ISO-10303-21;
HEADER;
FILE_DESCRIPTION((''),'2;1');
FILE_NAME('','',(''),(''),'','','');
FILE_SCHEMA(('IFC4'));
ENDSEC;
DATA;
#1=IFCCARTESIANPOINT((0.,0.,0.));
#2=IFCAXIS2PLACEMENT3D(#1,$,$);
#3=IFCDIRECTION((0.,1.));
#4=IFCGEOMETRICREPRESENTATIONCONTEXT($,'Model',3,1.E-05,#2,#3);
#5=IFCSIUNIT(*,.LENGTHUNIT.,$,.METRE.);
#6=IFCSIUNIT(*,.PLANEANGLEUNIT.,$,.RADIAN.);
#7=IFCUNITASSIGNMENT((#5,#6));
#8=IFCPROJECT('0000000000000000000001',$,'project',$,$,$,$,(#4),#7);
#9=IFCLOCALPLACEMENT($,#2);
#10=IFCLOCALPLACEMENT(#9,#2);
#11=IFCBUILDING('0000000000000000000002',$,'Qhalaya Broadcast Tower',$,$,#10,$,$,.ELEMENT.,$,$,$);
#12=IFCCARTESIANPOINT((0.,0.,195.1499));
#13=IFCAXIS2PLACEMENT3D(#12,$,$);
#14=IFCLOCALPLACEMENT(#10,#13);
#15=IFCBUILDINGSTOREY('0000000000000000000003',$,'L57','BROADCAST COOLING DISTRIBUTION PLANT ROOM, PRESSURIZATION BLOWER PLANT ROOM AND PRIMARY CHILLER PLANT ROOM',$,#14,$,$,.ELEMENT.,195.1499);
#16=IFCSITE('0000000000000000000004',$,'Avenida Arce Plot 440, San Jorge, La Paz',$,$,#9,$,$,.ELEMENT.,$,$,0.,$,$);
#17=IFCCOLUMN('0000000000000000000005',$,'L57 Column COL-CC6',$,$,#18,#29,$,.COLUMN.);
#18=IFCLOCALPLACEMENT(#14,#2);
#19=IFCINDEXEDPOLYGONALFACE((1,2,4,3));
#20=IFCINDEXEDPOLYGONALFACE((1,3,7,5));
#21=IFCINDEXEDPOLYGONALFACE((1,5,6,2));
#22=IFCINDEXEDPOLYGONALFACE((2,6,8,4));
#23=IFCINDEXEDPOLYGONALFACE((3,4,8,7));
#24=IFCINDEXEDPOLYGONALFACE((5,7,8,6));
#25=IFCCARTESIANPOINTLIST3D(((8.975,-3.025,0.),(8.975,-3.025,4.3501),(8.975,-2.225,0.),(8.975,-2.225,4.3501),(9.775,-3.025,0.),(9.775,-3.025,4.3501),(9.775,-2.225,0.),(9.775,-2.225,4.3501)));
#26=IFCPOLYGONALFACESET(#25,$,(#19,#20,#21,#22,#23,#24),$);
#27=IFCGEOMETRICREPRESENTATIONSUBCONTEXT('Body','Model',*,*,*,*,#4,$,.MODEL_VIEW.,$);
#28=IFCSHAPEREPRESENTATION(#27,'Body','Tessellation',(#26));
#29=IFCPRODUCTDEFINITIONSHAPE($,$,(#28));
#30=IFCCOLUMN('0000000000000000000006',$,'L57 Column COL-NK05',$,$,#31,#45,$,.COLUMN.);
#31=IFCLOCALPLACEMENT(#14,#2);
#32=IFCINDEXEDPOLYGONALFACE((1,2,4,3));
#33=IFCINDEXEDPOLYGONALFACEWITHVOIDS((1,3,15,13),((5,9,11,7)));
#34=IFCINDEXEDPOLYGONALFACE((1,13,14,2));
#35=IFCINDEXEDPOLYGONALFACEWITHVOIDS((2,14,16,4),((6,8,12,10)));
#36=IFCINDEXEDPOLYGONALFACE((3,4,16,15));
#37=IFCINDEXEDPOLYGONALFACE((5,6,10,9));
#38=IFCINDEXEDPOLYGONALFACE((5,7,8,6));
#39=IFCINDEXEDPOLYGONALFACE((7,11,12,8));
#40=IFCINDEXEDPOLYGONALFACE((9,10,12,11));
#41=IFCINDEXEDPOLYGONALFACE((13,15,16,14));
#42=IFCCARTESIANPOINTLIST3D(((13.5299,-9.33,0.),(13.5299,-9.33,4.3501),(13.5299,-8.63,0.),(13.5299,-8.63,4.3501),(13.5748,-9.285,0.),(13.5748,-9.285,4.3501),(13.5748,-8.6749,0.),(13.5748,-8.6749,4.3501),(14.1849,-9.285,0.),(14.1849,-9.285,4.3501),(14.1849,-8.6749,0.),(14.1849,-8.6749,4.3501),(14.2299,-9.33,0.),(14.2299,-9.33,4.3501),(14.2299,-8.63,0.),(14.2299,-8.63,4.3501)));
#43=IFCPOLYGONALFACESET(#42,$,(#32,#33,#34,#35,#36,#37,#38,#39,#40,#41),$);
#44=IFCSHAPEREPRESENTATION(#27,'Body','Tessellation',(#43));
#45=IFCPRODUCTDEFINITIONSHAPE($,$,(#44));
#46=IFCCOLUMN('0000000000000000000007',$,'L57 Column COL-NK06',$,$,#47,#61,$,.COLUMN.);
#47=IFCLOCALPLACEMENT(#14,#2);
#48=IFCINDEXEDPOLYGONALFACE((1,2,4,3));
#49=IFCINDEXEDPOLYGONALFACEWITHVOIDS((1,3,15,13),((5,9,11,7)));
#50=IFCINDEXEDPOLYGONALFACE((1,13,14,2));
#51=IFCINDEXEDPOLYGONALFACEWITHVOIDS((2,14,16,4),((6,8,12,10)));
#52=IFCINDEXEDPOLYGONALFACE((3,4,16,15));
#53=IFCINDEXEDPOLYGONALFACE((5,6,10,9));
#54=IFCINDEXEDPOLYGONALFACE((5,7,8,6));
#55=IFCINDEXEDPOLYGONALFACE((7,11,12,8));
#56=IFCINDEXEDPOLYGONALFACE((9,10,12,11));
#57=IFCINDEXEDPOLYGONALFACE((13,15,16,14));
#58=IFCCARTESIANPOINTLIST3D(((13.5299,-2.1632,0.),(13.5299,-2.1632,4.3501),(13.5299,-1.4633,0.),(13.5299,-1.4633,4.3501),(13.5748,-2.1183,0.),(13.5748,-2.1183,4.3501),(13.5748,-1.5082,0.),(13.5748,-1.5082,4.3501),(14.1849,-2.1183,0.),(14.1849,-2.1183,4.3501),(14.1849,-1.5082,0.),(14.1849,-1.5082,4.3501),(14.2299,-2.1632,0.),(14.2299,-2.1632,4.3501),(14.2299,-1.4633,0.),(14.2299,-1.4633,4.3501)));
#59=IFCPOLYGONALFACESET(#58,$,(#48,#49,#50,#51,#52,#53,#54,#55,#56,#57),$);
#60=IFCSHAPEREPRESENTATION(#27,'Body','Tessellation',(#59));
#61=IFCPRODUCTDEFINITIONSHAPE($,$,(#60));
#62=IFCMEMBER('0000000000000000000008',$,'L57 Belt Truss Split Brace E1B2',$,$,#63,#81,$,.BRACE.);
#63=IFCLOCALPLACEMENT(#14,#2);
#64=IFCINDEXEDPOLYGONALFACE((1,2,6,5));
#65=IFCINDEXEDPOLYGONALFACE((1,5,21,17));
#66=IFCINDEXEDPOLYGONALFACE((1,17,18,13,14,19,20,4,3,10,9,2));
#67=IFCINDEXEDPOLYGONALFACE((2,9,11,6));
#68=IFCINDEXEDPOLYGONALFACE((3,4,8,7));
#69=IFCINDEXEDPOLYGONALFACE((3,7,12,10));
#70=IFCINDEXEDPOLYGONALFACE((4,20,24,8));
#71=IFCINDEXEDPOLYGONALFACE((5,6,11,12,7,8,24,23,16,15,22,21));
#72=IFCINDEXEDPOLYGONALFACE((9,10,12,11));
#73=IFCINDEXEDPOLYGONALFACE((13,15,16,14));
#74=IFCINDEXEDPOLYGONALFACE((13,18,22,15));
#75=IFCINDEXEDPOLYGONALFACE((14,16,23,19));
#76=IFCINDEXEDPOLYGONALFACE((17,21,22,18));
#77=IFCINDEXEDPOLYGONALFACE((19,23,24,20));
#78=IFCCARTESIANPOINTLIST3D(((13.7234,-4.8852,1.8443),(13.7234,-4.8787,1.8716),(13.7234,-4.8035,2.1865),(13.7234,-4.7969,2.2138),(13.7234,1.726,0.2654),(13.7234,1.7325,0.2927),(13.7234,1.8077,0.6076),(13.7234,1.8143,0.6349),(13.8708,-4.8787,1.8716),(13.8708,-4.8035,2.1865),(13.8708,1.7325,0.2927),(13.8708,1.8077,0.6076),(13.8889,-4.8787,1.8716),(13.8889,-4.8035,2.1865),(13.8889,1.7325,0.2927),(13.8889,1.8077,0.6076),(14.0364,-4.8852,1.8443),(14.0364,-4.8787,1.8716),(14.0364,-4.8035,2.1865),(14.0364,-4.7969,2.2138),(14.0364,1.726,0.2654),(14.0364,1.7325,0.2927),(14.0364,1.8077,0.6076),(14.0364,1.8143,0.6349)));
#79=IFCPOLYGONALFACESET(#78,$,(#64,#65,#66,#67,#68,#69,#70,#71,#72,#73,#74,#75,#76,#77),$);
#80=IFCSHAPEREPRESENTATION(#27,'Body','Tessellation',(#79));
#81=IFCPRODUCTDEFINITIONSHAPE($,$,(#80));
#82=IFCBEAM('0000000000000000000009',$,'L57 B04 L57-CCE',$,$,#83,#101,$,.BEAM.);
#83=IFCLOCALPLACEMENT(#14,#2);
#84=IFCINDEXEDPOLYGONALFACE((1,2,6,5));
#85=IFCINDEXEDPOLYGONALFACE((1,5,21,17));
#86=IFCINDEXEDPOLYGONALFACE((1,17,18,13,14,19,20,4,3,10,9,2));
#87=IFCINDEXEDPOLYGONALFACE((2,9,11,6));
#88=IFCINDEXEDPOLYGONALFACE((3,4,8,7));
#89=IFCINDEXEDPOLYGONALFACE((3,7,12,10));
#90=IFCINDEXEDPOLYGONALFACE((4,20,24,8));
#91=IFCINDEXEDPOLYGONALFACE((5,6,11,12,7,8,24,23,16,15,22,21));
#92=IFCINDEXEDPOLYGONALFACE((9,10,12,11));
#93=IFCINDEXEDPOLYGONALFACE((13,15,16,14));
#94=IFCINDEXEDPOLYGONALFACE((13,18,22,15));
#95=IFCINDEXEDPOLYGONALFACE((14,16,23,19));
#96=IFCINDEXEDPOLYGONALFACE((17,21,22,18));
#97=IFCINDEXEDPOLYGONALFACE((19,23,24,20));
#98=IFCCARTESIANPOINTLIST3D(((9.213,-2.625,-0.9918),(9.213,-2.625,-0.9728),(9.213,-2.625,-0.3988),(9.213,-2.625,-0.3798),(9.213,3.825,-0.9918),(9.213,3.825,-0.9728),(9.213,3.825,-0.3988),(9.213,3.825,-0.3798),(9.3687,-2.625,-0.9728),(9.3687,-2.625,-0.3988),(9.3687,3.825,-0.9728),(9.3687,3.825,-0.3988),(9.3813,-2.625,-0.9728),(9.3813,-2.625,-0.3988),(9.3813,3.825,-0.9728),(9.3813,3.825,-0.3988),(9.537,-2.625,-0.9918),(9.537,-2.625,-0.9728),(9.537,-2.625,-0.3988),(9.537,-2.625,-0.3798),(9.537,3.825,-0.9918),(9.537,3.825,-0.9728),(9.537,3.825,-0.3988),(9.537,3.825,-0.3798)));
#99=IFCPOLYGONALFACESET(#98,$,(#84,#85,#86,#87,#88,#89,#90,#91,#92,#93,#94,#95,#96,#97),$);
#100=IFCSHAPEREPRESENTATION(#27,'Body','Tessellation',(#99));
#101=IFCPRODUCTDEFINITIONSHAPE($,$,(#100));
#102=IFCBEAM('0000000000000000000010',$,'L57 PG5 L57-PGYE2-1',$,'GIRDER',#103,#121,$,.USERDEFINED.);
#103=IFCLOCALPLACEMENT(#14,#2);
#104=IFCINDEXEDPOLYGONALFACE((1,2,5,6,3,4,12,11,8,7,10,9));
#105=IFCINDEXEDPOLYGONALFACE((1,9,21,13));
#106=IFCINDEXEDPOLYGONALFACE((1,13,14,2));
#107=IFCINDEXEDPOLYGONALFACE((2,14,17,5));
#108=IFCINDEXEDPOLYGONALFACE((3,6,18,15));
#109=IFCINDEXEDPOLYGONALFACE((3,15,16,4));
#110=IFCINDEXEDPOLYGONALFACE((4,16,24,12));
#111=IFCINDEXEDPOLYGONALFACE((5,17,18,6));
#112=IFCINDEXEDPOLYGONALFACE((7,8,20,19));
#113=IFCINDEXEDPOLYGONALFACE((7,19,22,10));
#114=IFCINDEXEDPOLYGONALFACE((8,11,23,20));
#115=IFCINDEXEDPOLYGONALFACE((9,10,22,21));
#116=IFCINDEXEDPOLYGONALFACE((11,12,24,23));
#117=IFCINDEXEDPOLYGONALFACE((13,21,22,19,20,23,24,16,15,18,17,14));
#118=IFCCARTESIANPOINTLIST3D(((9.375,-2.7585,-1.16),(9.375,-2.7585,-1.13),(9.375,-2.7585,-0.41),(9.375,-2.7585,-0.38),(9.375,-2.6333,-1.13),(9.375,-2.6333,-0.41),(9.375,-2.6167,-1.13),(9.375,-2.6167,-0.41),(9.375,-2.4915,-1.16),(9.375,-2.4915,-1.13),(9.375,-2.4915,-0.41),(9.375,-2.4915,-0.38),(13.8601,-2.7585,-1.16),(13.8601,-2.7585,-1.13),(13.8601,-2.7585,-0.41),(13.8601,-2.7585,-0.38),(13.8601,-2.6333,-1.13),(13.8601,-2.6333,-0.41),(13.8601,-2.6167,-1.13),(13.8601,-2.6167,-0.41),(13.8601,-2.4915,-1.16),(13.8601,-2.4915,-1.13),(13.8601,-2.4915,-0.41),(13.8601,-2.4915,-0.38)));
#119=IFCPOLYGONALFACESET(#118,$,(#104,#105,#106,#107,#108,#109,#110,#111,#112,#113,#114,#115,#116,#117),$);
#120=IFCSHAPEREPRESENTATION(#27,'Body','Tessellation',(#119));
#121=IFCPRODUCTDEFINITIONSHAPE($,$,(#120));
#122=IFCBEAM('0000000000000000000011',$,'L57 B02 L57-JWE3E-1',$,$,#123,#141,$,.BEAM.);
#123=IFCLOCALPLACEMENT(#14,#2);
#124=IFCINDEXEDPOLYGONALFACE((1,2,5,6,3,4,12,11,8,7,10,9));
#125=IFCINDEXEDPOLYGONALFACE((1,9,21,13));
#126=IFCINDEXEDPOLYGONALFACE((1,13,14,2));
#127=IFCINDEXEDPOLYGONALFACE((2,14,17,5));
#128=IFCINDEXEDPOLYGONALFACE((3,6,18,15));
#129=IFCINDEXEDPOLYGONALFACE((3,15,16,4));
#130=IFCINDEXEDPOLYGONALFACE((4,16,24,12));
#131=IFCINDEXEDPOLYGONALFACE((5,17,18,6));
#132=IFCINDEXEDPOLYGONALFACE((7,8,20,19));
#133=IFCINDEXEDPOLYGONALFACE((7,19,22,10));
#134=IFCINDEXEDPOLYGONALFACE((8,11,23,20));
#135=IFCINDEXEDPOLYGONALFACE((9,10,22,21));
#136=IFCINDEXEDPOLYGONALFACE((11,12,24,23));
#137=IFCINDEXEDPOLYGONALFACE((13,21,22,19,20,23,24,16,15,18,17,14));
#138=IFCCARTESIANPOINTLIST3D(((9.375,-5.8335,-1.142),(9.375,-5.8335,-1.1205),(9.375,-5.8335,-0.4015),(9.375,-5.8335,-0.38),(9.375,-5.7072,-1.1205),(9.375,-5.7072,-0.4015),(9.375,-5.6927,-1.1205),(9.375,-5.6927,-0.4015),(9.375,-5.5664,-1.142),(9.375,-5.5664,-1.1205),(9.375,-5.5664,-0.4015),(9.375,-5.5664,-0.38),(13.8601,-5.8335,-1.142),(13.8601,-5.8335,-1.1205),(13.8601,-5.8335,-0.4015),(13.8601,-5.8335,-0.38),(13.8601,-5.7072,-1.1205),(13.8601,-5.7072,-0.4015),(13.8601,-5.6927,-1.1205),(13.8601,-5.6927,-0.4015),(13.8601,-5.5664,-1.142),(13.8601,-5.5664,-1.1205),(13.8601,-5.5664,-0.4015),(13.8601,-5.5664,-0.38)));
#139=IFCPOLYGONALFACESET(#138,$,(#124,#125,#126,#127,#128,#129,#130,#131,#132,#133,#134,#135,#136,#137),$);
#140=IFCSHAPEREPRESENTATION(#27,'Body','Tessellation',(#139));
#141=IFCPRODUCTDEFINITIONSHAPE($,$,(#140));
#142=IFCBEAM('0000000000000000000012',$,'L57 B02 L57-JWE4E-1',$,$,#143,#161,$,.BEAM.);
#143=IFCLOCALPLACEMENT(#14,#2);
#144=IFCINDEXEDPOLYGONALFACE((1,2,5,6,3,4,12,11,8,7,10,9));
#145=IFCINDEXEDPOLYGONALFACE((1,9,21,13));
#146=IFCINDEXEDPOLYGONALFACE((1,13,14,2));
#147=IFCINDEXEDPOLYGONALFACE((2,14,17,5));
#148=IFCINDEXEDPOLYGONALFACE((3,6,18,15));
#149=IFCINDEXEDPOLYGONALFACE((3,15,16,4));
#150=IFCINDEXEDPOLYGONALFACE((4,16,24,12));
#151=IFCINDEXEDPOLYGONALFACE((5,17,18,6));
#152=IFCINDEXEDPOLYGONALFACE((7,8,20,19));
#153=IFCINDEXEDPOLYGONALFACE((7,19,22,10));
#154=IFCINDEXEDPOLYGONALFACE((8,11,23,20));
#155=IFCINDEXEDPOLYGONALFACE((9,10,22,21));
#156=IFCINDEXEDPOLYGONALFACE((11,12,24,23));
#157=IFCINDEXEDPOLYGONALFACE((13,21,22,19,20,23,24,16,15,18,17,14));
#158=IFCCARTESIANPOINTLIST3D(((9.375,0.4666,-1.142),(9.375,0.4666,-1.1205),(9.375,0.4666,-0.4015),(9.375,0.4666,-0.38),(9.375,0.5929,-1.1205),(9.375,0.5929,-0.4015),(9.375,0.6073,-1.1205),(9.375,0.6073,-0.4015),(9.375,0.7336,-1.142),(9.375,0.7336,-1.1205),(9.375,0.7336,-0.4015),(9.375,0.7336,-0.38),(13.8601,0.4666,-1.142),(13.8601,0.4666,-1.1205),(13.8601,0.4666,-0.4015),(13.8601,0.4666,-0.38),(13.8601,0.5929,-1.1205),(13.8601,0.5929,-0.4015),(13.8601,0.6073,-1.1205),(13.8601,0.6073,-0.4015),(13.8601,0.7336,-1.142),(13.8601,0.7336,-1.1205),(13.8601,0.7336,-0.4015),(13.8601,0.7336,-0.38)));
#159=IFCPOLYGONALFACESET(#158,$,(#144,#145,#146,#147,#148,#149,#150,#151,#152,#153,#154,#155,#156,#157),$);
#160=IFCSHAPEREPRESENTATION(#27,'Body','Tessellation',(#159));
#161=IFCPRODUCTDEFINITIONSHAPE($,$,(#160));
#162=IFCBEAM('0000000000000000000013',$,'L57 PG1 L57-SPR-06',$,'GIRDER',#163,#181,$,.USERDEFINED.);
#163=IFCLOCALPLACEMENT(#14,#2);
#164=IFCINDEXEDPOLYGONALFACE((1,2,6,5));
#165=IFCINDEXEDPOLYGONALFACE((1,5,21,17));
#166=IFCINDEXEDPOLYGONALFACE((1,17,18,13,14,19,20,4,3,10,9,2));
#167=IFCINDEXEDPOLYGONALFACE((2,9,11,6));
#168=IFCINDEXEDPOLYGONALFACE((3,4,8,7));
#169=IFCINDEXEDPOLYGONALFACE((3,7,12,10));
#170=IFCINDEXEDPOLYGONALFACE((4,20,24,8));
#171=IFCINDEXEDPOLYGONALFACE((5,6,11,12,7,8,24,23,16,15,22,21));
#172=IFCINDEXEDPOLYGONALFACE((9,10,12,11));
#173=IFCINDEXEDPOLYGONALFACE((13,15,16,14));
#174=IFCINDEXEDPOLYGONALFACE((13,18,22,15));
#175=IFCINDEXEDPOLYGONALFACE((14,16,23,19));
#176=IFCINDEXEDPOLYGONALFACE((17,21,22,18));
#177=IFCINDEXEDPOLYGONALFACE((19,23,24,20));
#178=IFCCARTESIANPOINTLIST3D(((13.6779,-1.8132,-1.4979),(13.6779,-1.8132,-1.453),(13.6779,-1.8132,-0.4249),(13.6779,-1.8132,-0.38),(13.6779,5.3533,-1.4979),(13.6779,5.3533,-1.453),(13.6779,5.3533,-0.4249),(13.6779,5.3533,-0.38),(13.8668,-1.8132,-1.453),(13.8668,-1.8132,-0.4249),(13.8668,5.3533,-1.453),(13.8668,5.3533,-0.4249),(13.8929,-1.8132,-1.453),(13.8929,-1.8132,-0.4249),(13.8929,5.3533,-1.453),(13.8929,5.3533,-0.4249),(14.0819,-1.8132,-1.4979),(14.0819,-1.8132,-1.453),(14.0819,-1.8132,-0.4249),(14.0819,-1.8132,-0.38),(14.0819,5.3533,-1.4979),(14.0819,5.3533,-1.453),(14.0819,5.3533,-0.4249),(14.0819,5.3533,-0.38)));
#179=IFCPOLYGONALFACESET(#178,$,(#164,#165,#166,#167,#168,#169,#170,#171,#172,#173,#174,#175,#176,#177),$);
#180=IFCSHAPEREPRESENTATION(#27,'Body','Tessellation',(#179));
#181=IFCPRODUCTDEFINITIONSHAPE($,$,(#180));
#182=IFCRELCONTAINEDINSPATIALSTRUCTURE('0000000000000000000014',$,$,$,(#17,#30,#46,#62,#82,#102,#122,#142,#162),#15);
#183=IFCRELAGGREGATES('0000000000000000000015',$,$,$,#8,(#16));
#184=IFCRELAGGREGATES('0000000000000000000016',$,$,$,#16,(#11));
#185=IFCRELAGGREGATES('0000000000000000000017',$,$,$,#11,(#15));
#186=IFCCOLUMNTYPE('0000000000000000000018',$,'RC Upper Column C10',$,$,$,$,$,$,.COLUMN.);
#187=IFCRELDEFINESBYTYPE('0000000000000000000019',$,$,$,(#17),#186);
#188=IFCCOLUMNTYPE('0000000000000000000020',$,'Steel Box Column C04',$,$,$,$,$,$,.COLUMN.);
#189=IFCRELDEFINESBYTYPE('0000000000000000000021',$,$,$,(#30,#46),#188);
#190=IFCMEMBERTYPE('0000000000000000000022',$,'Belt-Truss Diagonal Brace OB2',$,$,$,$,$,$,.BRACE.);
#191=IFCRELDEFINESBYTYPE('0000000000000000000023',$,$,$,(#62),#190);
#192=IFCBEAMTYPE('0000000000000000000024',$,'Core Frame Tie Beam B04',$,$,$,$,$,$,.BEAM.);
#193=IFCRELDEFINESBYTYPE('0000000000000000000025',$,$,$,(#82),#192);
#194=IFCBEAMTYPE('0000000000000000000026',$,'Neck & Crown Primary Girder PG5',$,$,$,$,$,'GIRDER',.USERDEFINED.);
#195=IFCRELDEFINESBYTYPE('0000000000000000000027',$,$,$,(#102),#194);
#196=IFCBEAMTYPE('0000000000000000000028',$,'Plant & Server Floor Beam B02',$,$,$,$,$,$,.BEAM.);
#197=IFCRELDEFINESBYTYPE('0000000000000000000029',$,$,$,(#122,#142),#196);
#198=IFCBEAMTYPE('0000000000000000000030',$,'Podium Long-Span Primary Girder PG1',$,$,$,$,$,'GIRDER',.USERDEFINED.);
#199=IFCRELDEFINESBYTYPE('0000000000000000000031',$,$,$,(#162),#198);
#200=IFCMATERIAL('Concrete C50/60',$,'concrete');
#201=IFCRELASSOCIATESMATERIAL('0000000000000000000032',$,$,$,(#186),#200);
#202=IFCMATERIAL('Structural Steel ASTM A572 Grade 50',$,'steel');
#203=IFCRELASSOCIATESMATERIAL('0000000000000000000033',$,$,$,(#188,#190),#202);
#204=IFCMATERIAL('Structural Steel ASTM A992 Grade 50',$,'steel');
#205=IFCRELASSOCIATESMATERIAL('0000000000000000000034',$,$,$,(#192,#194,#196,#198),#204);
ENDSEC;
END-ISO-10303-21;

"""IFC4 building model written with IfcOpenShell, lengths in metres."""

from ifc_helpers import new_model, si_unit, direction, frame, origin, origin_2d, place, context, subcontext, project, spatial, rectangle, hollow_rectangle, i_section, extrude, material, material_profile, profile_set, type_object, element, save


model = new_model("IFC4")

# Units and contexts
model_context = context("Model", 3, precision=1e-05, world=origin(), true_north=direction((0.0, 1.0)))
body_context = subcontext(model_context, "Body", "Model", "MODEL_VIEW")
ifc_project = project(units=[si_unit("LENGTHUNIT", "METRE"), si_unit("PLANEANGLEUNIT", "RADIAN")], contexts=[model_context])

# Site, building, storey
site_placement = place(None, origin())
site = spatial("IfcSite", under=ifc_project, at=site_placement, Name="Avenida Arce Plot 440, San Jorge, La Paz", CompositionType="ELEMENT", RefElevation=0.0)
building_placement = place(site_placement, origin())
building = spatial("IfcBuilding", under=site, at=building_placement, Name="Qhalaya Broadcast Tower", CompositionType="ELEMENT")
storey_placement = place(building_placement, frame((0.0, 0.0, 195.1499)))
storey = spatial("IfcBuildingStorey", under=building, at=storey_placement, Name="L57", Description="BROADCAST COOLING DISTRIBUTION PLANT ROOM, PRESSURIZATION BLOWER PLANT ROOM AND PRIMARY CHILLER PLANT ROOM", CompositionType="ELEMENT", Elevation=195.1499)

# Columns
ifc_material_1 = material(Name="Concrete C50/60", Category="concrete")
ifc_material_profile_1 = material_profile(ifc_material_1, rectangle(XDim=0.8, YDim=0.8, at=origin_2d()), Name="RC-COL 800x800")
ifc_profile_set_1 = profile_set([ifc_material_profile_1], Name="Concrete C50/60")
column_type_1 = type_object("IfcColumnType", Name="RC Upper Column C10", PredefinedType="COLUMN", material=ifc_profile_set_1)
column_placement = place(storey_placement, frame((9.375, -2.625, 0.0), z_axis=(0.0, 0.0, 1.0), x_axis=(1.0, 0.0, 0.0)))
element("IfcColumn", 1, at=column_placement, inside=storey, type_object=column_type_1, Name="L57 Column COL-CC6", PredefinedType="COLUMN", context=body_context, shape_type="SweptSolid", body=[
    extrude(rectangle(XDim=0.8, YDim=0.8, at=origin_2d()), origin(), (0.0, 0.0, 1.0), 4.3501),
])
ifc_material_2 = material(Name="Structural Steel ASTM A572 Grade 50", Category="steel")
ifc_material_profile_2 = material_profile(ifc_material_2, hollow_rectangle(XDim=0.7, YDim=0.7, WallThickness=0.0449, at=origin_2d()), Name="BOX 700x700x45")
ifc_profile_set_2 = profile_set([ifc_material_profile_2], Name="Structural Steel ASTM A572 Grade 50")
column_type_2 = type_object("IfcColumnType", Name="Steel Box Column C04", PredefinedType="COLUMN", material=ifc_profile_set_2)
for number, where, z_axis, x_axis, name in (
    (2, (13.8799, -8.98, 0.0), (0.0, 0.0, 1.0), (0.0, 1.0, 0.0), "L57 Column COL-NK05"),
    (3, (13.8799, -1.8132, 0.0), (0.0, 0.0, 1.0), (0.0, 1.0, 0.0), "L57 Column COL-NK06"),
):
    element("IfcColumn", number, at=place(storey_placement, frame(where, z_axis=z_axis, x_axis=x_axis)), inside=storey, type_object=column_type_2, Name=name, PredefinedType="COLUMN", context=body_context, shape_type="SweptSolid", body=[
        extrude(hollow_rectangle(XDim=0.7, YDim=0.7, WallThickness=0.0449, at=origin_2d()), origin(), (0.0, 0.0, 1.0), 4.3501),
    ])

# Member
ifc_material_profile_3 = material_profile(ifc_material_2, i_section(OverallWidth=0.313, OverallDepth=0.3799, WebThickness=0.0181, FlangeThickness=0.0281, at=origin_2d()), Name="W12X120")
ifc_profile_set_3 = profile_set([ifc_material_profile_3], Name="Structural Steel ASTM A572 Grade 50")
member_type_1 = type_object("IfcMemberType", Name="Belt-Truss Diagonal Brace OB2", PredefinedType="BRACE", material=ifc_profile_set_3)
member_1_placement = place(storey_placement, frame((13.8799, -4.8411, 2.0291), z_axis=(0.0, 0.972647, -0.232287), x_axis=(-1.0, 0.0, 0.0)))
element("IfcMember", 4, at=member_1_placement, inside=storey, type_object=member_type_1, Name="L57 Belt Truss Split Brace E1B2", PredefinedType="BRACE", context=body_context, shape_type="SweptSolid", body=[
    extrude(i_section(OverallWidth=0.313, OverallDepth=0.3799, WebThickness=0.0181, FlangeThickness=0.0281, at=origin_2d()), origin(), (0.0, 0.0, 1.0), 6.7971),
])

# Beams
ifc_material_3 = material(Name="Structural Steel ASTM A992 Grade 50", Category="steel")
ifc_material_profile_4 = material_profile(ifc_material_3, i_section(OverallWidth=0.324, OverallDepth=0.6121, WebThickness=0.0127, FlangeThickness=0.019, at=origin_2d()), Name="W24X104")
ifc_profile_set_4 = profile_set([ifc_material_profile_4], Name="Structural Steel ASTM A992 Grade 50")
beam_type_1 = type_object("IfcBeamType", Name="Core Frame Tie Beam B04", PredefinedType="BEAM", material=ifc_profile_set_4)
beam_1_placement = place(storey_placement, frame((9.375, -2.625, -0.6858), z_axis=(0.0, 1.0, 0.0), x_axis=(-1.0, 0.0, 0.0)))
element("IfcBeam", 5, at=beam_1_placement, inside=storey, type_object=beam_type_1, Name="L57 B04 L57-CCE", PredefinedType="BEAM", context=body_context, shape_type="SweptSolid", body=[
    extrude(i_section(OverallWidth=0.324, OverallDepth=0.6121, WebThickness=0.0127, FlangeThickness=0.019, at=origin_2d()), origin(), (0.0, 0.0, 1.0), 6.45),
])
ifc_material_profile_5 = material_profile(ifc_material_3, i_section(OverallWidth=0.2671, OverallDepth=0.78, WebThickness=0.0166, FlangeThickness=0.03, at=origin_2d()), Name="W30X148")
ifc_profile_set_5 = profile_set([ifc_material_profile_5], Name="Structural Steel ASTM A992 Grade 50")
beam_type_2 = type_object("IfcBeamType", Name="Neck & Crown Primary Girder PG5", ElementType="GIRDER", PredefinedType="USERDEFINED", material=ifc_profile_set_5)
beam_2_placement = place(storey_placement, frame((9.375, -2.625, -0.77), z_axis=(1.0, 0.0, 0.0), x_axis=(0.0, 1.0, 0.0)))
element("IfcBeam", 6, at=beam_2_placement, inside=storey, type_object=beam_type_2, Name="L57 PG5 L57-PGYE2-1", ObjectType="GIRDER", PredefinedType="USERDEFINED", context=body_context, shape_type="SweptSolid", body=[
    extrude(i_section(OverallWidth=0.2671, OverallDepth=0.78, WebThickness=0.0166, FlangeThickness=0.03, at=origin_2d()), origin(), (0.0, 0.0, 1.0), 4.4851),
])
ifc_material_profile_6 = material_profile(ifc_material_3, i_section(OverallWidth=0.2671, OverallDepth=0.762, WebThickness=0.0144, FlangeThickness=0.0215, at=origin_2d()), Name="W30X116")
ifc_profile_set_6 = profile_set([ifc_material_profile_6], Name="Structural Steel ASTM A992 Grade 50")
beam_type_3 = type_object("IfcBeamType", Name="Plant & Server Floor Beam B02", PredefinedType="BEAM", material=ifc_profile_set_6)
for number, where, z_axis, x_axis, name in (
    (7, (9.375, -5.7, -0.761), (1.0, 0.0, 0.0), (0.0, 1.0, 0.0), "L57 B02 L57-JWE3E-1"),
    (8, (9.375, 0.6001, -0.761), (1.0, 0.0, 0.0), (0.0, 1.0, 0.0), "L57 B02 L57-JWE4E-1"),
):
    element("IfcBeam", number, at=place(storey_placement, frame(where, z_axis=z_axis, x_axis=x_axis)), inside=storey, type_object=beam_type_3, Name=name, PredefinedType="BEAM", context=body_context, shape_type="SweptSolid", body=[
        extrude(i_section(OverallWidth=0.2671, OverallDepth=0.762, WebThickness=0.0144, FlangeThickness=0.0215, at=origin_2d()), origin(), (0.0, 0.0, 1.0), 4.4851),
    ])
ifc_material_profile_7 = material_profile(ifc_material_3, i_section(OverallWidth=0.4041, OverallDepth=1.1179, WebThickness=0.0261, FlangeThickness=0.0449, at=origin_2d()), Name="W44X335")
ifc_profile_set_7 = profile_set([ifc_material_profile_7], Name="Structural Steel ASTM A992 Grade 50")
beam_type_4 = type_object("IfcBeamType", Name="Podium Long-Span Primary Girder PG1", ElementType="GIRDER", PredefinedType="USERDEFINED", material=ifc_profile_set_7)
beam_3_placement = place(storey_placement, frame((13.8799, -1.8132, -0.939), z_axis=(0.0, 1.0, 0.0), x_axis=(-1.0, 0.0, 0.0)))
element("IfcBeam", 9, at=beam_3_placement, inside=storey, type_object=beam_type_4, Name="L57 PG1 L57-SPR-06", ObjectType="GIRDER", PredefinedType="USERDEFINED", context=body_context, shape_type="SweptSolid", body=[
    extrude(i_section(OverallWidth=0.4041, OverallDepth=1.1179, WebThickness=0.0261, FlangeThickness=0.0449, at=origin_2d()), origin(), (0.0, 0.0, 1.0), 7.1665),
])

save(model, "model.ifc")
